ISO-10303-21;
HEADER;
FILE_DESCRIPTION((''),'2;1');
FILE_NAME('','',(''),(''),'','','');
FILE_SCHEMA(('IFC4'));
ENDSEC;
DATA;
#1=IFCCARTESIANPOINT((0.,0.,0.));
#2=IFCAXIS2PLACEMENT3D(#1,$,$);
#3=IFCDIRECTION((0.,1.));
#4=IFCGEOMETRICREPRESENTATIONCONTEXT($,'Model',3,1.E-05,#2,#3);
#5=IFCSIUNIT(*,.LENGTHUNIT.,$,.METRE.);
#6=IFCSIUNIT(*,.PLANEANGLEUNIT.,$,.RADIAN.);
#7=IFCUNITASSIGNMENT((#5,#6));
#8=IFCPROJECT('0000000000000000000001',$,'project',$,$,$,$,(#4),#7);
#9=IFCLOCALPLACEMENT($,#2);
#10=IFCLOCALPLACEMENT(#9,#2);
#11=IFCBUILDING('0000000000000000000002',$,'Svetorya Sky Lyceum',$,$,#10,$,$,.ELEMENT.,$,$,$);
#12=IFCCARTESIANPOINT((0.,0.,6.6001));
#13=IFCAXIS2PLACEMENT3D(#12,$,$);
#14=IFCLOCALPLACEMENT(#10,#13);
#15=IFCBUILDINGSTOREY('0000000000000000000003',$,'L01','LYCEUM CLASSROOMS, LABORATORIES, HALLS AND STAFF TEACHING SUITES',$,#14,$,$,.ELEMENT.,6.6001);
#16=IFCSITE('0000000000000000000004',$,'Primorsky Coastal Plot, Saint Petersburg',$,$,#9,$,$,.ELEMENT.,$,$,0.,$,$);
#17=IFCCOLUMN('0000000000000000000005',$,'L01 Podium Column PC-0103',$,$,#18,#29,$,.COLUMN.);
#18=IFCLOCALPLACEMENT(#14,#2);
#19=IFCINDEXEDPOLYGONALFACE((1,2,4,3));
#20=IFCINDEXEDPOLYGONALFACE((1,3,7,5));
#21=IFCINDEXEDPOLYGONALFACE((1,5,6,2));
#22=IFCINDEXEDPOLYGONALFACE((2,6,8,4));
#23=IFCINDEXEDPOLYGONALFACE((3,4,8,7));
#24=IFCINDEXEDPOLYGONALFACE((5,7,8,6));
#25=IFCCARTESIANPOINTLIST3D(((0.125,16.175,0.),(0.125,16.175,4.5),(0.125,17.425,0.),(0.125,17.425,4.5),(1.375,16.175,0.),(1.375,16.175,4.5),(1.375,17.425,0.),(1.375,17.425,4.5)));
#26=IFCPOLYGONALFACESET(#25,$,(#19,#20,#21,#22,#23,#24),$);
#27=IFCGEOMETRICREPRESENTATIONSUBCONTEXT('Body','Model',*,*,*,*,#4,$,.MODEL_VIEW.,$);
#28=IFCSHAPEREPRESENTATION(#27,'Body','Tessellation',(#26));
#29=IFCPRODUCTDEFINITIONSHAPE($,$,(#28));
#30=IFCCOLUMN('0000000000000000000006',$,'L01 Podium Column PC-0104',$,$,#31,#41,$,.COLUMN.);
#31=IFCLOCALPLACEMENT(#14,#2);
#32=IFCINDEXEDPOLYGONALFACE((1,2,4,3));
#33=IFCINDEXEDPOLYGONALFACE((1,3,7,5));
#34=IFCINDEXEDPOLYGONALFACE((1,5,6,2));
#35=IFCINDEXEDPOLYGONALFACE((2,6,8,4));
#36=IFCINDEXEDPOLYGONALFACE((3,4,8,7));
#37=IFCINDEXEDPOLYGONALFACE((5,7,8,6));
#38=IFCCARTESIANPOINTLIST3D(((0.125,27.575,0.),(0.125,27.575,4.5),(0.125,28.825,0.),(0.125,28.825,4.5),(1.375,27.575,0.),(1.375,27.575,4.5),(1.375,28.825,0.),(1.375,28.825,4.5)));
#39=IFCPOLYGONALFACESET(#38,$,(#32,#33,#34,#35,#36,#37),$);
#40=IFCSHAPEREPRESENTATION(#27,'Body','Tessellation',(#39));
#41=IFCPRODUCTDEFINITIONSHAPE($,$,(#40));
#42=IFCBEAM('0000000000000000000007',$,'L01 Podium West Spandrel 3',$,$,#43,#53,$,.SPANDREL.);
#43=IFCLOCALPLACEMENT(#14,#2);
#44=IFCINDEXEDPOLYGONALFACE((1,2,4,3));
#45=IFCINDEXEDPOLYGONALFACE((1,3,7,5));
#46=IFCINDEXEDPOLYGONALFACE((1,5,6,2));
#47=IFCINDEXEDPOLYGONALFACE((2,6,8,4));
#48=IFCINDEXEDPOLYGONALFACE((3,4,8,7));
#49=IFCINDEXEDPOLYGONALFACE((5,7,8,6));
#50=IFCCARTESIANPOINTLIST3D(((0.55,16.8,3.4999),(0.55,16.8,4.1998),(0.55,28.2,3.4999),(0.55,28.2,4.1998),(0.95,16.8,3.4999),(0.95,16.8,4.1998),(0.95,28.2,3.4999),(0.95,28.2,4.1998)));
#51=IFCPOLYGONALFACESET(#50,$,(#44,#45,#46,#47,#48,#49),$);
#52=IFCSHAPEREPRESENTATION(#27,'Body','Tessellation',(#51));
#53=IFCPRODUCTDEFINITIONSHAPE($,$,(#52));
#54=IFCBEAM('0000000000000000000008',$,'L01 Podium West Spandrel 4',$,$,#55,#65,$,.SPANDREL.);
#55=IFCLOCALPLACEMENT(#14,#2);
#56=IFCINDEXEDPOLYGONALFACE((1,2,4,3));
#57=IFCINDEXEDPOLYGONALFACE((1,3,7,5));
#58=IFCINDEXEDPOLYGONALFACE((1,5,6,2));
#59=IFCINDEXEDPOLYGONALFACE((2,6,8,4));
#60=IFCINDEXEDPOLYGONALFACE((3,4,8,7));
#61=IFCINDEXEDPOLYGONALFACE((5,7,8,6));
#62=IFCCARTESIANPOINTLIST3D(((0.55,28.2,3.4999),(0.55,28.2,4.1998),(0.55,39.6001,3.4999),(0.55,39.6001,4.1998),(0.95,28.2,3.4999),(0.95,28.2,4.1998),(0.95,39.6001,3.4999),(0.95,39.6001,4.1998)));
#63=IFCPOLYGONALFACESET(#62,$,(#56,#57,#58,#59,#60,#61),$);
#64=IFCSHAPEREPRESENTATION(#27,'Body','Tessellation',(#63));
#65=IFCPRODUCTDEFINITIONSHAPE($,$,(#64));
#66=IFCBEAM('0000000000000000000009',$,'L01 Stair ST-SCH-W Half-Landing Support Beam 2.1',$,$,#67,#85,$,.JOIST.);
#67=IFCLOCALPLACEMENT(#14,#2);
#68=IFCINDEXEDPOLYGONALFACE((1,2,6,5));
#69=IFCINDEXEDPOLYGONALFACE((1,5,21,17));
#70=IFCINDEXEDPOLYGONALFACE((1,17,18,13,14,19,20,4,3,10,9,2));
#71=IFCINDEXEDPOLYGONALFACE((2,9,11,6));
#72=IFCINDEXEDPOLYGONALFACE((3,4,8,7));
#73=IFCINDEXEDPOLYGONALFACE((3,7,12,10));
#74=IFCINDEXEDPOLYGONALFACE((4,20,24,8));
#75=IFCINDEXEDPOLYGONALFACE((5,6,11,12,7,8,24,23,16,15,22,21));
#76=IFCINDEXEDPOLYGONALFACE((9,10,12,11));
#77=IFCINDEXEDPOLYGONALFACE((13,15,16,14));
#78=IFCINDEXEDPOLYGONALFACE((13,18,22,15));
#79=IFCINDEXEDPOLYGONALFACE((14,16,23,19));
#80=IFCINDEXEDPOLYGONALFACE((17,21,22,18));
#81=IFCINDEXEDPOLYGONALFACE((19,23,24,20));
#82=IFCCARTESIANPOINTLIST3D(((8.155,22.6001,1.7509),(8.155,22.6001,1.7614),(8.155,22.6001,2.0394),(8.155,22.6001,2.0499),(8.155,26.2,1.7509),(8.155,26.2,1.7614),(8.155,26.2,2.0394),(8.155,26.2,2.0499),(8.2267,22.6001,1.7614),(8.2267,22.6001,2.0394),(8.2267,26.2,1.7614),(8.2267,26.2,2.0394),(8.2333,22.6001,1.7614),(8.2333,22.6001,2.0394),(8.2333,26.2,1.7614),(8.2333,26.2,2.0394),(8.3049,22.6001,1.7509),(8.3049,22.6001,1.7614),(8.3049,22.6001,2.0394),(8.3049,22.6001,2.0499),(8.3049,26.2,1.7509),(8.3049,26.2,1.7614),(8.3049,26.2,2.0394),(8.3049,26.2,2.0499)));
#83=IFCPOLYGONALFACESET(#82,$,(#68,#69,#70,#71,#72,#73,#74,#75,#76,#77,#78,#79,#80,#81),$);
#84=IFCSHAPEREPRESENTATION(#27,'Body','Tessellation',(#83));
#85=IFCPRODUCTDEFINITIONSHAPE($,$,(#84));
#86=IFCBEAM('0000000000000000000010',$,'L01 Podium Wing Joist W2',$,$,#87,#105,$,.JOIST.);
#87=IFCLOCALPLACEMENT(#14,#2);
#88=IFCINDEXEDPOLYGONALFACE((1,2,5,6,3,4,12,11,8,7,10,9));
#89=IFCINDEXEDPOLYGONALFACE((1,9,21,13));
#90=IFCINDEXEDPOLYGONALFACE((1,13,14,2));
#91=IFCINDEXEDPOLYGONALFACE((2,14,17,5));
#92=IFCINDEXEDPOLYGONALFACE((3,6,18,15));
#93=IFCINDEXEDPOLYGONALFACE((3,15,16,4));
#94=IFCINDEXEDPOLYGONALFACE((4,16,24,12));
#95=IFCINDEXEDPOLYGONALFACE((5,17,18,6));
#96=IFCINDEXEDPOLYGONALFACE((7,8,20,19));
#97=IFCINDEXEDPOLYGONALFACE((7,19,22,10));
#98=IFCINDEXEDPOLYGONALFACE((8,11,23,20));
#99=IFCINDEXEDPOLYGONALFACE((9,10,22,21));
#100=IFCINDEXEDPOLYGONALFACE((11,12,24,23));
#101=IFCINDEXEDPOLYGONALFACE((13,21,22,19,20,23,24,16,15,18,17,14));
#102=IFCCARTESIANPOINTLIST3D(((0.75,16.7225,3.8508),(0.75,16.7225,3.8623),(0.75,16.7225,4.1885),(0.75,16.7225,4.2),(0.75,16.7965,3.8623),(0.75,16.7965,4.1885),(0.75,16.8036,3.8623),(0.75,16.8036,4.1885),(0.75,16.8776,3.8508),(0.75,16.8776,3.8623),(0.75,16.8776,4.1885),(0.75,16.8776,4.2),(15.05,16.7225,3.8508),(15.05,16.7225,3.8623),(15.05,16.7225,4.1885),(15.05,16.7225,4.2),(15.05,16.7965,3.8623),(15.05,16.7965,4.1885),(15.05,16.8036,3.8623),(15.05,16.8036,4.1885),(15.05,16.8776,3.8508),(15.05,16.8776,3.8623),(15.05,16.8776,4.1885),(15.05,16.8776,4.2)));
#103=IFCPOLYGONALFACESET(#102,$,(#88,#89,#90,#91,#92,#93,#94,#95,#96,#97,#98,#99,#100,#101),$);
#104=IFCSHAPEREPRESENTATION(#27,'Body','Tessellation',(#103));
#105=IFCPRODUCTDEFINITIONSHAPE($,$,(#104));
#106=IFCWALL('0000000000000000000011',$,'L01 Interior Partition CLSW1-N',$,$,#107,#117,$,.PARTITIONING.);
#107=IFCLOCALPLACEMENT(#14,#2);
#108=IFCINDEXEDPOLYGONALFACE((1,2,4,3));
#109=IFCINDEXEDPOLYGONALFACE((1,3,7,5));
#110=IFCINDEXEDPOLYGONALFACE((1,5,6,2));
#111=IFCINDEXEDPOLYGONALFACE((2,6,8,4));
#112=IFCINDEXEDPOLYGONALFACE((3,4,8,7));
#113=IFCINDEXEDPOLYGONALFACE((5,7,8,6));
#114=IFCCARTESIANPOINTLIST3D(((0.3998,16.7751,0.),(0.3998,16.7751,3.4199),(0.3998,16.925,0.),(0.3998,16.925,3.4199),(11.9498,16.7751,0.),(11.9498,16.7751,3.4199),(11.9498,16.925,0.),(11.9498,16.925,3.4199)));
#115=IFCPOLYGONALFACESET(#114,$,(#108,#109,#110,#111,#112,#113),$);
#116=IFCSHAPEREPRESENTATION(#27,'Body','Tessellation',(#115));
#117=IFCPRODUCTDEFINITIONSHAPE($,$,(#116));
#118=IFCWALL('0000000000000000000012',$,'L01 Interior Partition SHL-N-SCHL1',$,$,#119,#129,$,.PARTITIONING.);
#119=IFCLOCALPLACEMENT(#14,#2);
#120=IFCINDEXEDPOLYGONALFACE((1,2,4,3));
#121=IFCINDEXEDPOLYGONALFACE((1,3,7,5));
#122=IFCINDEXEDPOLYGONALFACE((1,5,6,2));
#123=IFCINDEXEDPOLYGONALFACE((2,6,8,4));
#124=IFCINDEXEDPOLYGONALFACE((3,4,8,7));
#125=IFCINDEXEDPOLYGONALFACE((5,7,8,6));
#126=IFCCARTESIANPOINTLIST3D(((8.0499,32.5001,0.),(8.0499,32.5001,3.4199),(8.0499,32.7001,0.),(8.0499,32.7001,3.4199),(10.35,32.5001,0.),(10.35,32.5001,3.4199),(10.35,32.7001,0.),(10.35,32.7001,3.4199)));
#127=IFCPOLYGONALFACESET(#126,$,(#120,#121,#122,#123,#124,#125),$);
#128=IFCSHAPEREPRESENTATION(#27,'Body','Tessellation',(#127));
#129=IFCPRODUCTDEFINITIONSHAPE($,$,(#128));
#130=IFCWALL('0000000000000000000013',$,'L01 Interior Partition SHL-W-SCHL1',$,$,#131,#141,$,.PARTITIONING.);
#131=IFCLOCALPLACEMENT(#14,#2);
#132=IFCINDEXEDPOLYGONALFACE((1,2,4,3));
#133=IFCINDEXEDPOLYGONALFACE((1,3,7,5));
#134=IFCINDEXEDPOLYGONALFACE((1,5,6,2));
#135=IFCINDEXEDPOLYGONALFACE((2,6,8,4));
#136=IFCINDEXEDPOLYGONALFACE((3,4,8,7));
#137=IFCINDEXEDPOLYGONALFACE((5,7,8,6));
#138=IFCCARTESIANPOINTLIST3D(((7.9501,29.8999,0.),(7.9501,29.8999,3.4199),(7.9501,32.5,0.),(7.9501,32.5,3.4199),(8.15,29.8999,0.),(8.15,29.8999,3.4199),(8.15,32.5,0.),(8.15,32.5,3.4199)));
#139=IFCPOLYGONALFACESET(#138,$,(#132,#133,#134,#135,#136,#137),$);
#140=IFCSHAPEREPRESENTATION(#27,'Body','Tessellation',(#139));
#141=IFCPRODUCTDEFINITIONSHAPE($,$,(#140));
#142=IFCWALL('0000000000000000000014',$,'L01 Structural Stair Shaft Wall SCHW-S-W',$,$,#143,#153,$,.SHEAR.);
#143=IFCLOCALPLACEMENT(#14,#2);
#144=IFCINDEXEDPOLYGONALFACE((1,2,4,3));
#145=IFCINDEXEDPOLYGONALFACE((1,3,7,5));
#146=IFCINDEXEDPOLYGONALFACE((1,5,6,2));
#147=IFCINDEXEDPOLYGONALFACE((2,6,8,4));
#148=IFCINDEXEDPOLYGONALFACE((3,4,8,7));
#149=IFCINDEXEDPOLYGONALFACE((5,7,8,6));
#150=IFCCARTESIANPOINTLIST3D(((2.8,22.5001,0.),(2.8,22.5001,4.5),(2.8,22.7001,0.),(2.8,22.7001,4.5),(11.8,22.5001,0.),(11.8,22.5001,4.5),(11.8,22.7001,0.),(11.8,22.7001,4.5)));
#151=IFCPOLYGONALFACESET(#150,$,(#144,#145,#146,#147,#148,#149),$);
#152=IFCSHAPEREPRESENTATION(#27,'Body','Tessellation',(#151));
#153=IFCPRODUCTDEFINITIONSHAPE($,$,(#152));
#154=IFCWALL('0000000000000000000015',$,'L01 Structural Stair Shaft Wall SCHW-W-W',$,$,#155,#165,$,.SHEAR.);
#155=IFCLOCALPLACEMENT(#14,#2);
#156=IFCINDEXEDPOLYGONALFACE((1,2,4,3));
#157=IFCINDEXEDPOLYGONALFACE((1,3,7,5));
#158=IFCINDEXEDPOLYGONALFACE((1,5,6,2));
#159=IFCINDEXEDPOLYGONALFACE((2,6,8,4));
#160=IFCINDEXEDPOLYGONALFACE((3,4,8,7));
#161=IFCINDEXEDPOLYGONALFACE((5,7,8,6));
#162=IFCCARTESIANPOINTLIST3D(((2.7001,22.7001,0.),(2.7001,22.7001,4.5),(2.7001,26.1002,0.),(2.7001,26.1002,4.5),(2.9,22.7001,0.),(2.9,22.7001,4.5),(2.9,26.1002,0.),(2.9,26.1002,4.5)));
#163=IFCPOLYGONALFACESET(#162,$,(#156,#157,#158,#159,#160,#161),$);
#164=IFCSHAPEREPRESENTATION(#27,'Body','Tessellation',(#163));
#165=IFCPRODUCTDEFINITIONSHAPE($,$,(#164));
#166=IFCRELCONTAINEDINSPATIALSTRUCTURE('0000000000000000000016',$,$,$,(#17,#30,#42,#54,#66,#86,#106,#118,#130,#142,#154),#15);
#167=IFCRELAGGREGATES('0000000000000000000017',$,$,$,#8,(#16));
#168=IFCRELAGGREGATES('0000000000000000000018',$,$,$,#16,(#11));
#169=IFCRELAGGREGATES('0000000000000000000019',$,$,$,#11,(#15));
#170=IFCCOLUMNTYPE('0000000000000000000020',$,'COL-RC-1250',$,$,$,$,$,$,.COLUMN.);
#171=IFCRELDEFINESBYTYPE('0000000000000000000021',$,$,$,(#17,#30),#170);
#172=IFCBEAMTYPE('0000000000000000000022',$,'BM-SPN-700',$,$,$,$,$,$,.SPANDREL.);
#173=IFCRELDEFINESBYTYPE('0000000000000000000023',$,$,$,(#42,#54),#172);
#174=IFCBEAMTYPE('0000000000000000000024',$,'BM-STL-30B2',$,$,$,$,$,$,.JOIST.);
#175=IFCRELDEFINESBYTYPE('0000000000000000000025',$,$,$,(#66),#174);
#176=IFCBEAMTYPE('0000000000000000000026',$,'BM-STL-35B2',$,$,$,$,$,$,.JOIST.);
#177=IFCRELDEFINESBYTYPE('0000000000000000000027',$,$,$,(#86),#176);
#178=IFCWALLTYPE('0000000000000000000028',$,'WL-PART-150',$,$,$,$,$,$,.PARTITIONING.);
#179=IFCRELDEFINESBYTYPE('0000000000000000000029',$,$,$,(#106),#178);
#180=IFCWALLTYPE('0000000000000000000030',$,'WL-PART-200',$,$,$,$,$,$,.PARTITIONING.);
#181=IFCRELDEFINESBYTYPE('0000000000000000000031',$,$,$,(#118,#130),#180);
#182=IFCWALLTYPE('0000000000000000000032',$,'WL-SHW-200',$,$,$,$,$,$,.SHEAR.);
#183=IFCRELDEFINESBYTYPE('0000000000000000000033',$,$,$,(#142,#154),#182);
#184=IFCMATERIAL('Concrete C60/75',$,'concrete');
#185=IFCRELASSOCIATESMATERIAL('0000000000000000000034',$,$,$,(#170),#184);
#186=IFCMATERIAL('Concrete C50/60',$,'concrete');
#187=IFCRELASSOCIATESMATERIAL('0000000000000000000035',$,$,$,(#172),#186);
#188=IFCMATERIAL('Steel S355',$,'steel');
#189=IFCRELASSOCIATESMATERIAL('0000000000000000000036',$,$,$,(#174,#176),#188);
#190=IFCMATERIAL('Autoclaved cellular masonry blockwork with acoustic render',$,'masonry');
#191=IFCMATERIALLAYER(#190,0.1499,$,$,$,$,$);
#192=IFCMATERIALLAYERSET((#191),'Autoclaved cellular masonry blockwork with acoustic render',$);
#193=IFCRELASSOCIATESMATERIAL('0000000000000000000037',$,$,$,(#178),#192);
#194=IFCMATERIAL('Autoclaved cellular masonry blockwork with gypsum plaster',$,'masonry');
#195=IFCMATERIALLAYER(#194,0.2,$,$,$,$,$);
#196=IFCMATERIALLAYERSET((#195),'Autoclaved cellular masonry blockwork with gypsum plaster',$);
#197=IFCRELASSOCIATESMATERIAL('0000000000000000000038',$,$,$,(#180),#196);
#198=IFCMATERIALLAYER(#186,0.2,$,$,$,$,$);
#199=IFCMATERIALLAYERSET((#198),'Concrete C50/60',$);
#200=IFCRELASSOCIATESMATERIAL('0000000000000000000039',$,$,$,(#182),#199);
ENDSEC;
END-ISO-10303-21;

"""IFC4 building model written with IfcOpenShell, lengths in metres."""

from ifc_helpers import new_model, si_unit, direction, frame, frame_2d, origin, origin_2d, place, context, subcontext, project, spatial, rectangle, i_section, extrude, material, layer, layer_set, material_profile, profile_set, type_object, element, save


model = new_model("IFC4")

# Units and contexts
model_context = context("Model", 3, precision=1e-05, world=origin(), true_north=direction((0.0, 1.0)))
body_context = subcontext(model_context, "Body", "Model", "MODEL_VIEW")
ifc_project = project(units=[si_unit("LENGTHUNIT", "METRE"), si_unit("PLANEANGLEUNIT", "RADIAN")], contexts=[model_context])

# Site, building, storey
site_placement = place(None, origin())
site = spatial("IfcSite", under=ifc_project, at=site_placement, Name="Primorsky Coastal Plot, Saint Petersburg", CompositionType="ELEMENT", RefElevation=0.0)
building_placement = place(site_placement, origin())
building = spatial("IfcBuilding", under=site, at=building_placement, Name="Svetorya Sky Lyceum", CompositionType="ELEMENT")
storey_placement = place(building_placement, frame((0.0, 0.0, 6.6001)))
storey = spatial("IfcBuildingStorey", under=building, at=storey_placement, Name="L01", Description="LYCEUM CLASSROOMS, LABORATORIES, HALLS AND STAFF TEACHING SUITES", CompositionType="ELEMENT", Elevation=6.6001)

# Columns
ifc_material_1 = material(Name="Concrete C60/75", Category="concrete")
ifc_material_profile_1 = material_profile(ifc_material_1, rectangle(XDim=1.25, YDim=1.25, at=origin_2d()), Name="RC COL 1250x1250")
ifc_profile_set_1 = profile_set([ifc_material_profile_1], Name="Concrete C60/75")
column_type = type_object("IfcColumnType", Name="COL-RC-1250", PredefinedType="COLUMN", material=ifc_profile_set_1)
for number, where, z_axis, x_axis, name in (
    (1, (0.75, 16.8, 0.0), (0.0, 0.0, 1.0), (1.0, 0.0, 0.0), "L01 Podium Column PC-0103"),
    (2, (0.75, 28.2, 0.0), (0.0, 0.0, 1.0), (1.0, 0.0, 0.0), "L01 Podium Column PC-0104"),
):
    element("IfcColumn", number, at=place(storey_placement, frame(where, z_axis=z_axis, x_axis=x_axis)), inside=storey, type_object=column_type, Name=name, PredefinedType="COLUMN", context=body_context, shape_type="SweptSolid", body=[
        extrude(rectangle(XDim=1.25, YDim=1.25, at=origin_2d()), origin(), (0.0, 0.0, 1.0), 4.5),
    ])

# Beams
ifc_material_2 = material(Name="Concrete C50/60", Category="concrete")
ifc_material_profile_2 = material_profile(ifc_material_2, rectangle(XDim=0.3999, YDim=0.7, at=origin_2d()), Name="RC SPANDREL 400x700")
ifc_profile_set_2 = profile_set([ifc_material_profile_2], Name="Concrete C50/60")
beam_type_1 = type_object("IfcBeamType", Name="BM-SPN-700", PredefinedType="SPANDREL", material=ifc_profile_set_2)
beam_1_placement = place(storey_placement, frame((0.75, 16.8, 3.8499), z_axis=(0.0, 1.0, 0.0), x_axis=(-1.0, 0.0, 0.0)))
element("IfcBeam", 3, at=beam_1_placement, inside=storey, type_object=beam_type_1, Name="L01 Podium West Spandrel 3", PredefinedType="SPANDREL", context=body_context, shape_type="SweptSolid", body=[
    extrude(rectangle(XDim=0.3999, YDim=0.7, at=origin_2d()), origin(), (0.0, 0.0, 1.0), 11.3999),
])
beam_2_placement = place(storey_placement, frame((0.75, 28.2, 3.8499), z_axis=(0.0, 1.0, 0.0), x_axis=(-1.0, 0.0, 0.0)))
element("IfcBeam", 4, at=beam_2_placement, inside=storey, type_object=beam_type_1, Name="L01 Podium West Spandrel 4", PredefinedType="SPANDREL", context=body_context, shape_type="SweptSolid", body=[
    extrude(rectangle(XDim=0.3999, YDim=0.7, at=origin_2d()), origin(), (0.0, 0.0, 1.0), 11.4001),
])
ifc_material_3 = material(Name="Steel S355", Category="steel")
ifc_material_profile_3 = material_profile(ifc_material_3, i_section(OverallWidth=0.1499, OverallDepth=0.2991, WebThickness=0.0066, FlangeThickness=0.0105, at=origin_2d()), Name="GOST 30B2")
ifc_profile_set_3 = profile_set([ifc_material_profile_3], Name="Steel S355")
beam_type_2 = type_object("IfcBeamType", Name="BM-STL-30B2", PredefinedType="JOIST", material=ifc_profile_set_3)
beam_3_placement = place(storey_placement, frame((8.23, 22.6001, 1.9004), z_axis=(0.0, 1.0, 0.0), x_axis=(-1.0, 0.0, 0.0)))
element("IfcBeam", 5, at=beam_3_placement, inside=storey, type_object=beam_type_2, Name="L01 Stair ST-SCH-W Half-Landing Support Beam 2.1", PredefinedType="JOIST", context=body_context, shape_type="SweptSolid", body=[
    extrude(i_section(OverallWidth=0.1499, OverallDepth=0.2991, WebThickness=0.0066, FlangeThickness=0.0105, at=origin_2d()), origin(), (0.0, 0.0, 1.0), 3.5999),
])
ifc_material_profile_4 = material_profile(ifc_material_3, i_section(OverallWidth=0.155, OverallDepth=0.3491, WebThickness=0.0071, FlangeThickness=0.0115, at=origin_2d()), Name="GOST 35B2")
ifc_profile_set_4 = profile_set([ifc_material_profile_4], Name="Steel S355")
beam_type_3 = type_object("IfcBeamType", Name="BM-STL-35B2", PredefinedType="JOIST", material=ifc_profile_set_4)
beam_4_placement = place(storey_placement, frame((0.75, 16.8, 4.0254), z_axis=(1.0, 0.0, 0.0), x_axis=(0.0, 1.0, 0.0)))
element("IfcBeam", 6, at=beam_4_placement, inside=storey, type_object=beam_type_3, Name="L01 Podium Wing Joist W2", PredefinedType="JOIST", context=body_context, shape_type="SweptSolid", body=[
    extrude(i_section(OverallWidth=0.155, OverallDepth=0.3491, WebThickness=0.0071, FlangeThickness=0.0115, at=origin_2d()), origin(), (0.0, 0.0, 1.0), 14.3),
])

# Walls
ifc_material_4 = material(Name="Autoclaved cellular masonry blockwork with acoustic render", Category="masonry")
ifc_layer_1 = layer(ifc_material_4, 0.1499)
ifc_layer_set_1 = layer_set([ifc_layer_1], Name="Autoclaved cellular masonry blockwork with acoustic render")
wall_type_1 = type_object("IfcWallType", Name="WL-PART-150", PredefinedType="PARTITIONING", material=ifc_layer_set_1)
wall_1_placement = place(storey_placement, frame((0.3999, 16.8501, 0.0), z_axis=(0.0, 0.0, 1.0), x_axis=(1.0, 0.0, 0.0)))
element("IfcWall", 7, at=wall_1_placement, inside=storey, type_object=wall_type_1, Name="L01 Interior Partition CLSW1-N", PredefinedType="PARTITIONING", context=body_context, shape_type="SweptSolid", body=[
    extrude(rectangle(XDim=11.55, YDim=0.1499, at=frame_2d((5.7749, 0.0))), origin(), (0.0, 0.0, 1.0), 3.4199),
])
ifc_material_5 = material(Name="Autoclaved cellular masonry blockwork with gypsum plaster", Category="masonry")
ifc_layer_2 = layer(ifc_material_5, 0.2)
ifc_layer_set_2 = layer_set([ifc_layer_2], Name="Autoclaved cellular masonry blockwork with gypsum plaster")
wall_type_2 = type_object("IfcWallType", Name="WL-PART-200", PredefinedType="PARTITIONING", material=ifc_layer_set_2)
wall_2_placement = place(storey_placement, frame((8.05, 32.6001, 0.0), z_axis=(0.0, 0.0, 1.0), x_axis=(1.0, 0.0, 0.0)))
element("IfcWall", 8, at=wall_2_placement, inside=storey, type_object=wall_type_2, Name="L01 Interior Partition SHL-N-SCHL1", PredefinedType="PARTITIONING", context=body_context, shape_type="SweptSolid", body=[
    extrude(rectangle(XDim=2.3, YDim=0.2, at=frame_2d((1.1499, 0.0))), origin(), (0.0, 0.0, 1.0), 3.4199),
])
wall_3_placement = place(storey_placement, frame((8.05, 29.8999, 0.0), z_axis=(0.0, 0.0, 1.0), x_axis=(0.0, 1.0, 0.0)))
element("IfcWall", 9, at=wall_3_placement, inside=storey, type_object=wall_type_2, Name="L01 Interior Partition SHL-W-SCHL1", PredefinedType="PARTITIONING", context=body_context, shape_type="SweptSolid", body=[
    extrude(rectangle(XDim=2.6001, YDim=0.2, at=frame_2d((1.3, 0.0))), origin(), (0.0, 0.0, 1.0), 3.4199),
])

# Walls
ifc_layer_3 = layer(ifc_material_2, 0.2)
ifc_layer_set_3 = layer_set([ifc_layer_3], Name="Concrete C50/60")
wall_type_3 = type_object("IfcWallType", Name="WL-SHW-200", PredefinedType="SHEAR", material=ifc_layer_set_3)
wall_4_placement = place(storey_placement, frame((2.8, 22.6001, 0.0), z_axis=(0.0, 0.0, 1.0), x_axis=(1.0, 0.0, 0.0)))
element("IfcWall", 10, at=wall_4_placement, inside=storey, type_object=wall_type_3, Name="L01 Structural Stair Shaft Wall SCHW-S-W", PredefinedType="SHEAR", context=body_context, shape_type="SweptSolid", body=[
    extrude(rectangle(XDim=9.0, YDim=0.2, at=frame_2d((4.5, 0.0))), origin(), (0.0, 0.0, 1.0), 4.5),
])
wall_5_placement = place(storey_placement, frame((2.8, 22.7, 0.0), z_axis=(0.0, 0.0, 1.0), x_axis=(0.0, 1.0, 0.0)))
element("IfcWall", 11, at=wall_5_placement, inside=storey, type_object=wall_type_3, Name="L01 Structural Stair Shaft Wall SCHW-W-W", PredefinedType="SHEAR", context=body_context, shape_type="SweptSolid", body=[
    extrude(rectangle(XDim=3.4001, YDim=0.2, at=frame_2d((1.7002, 0.0))), origin(), (0.0, 0.0, 1.0), 4.5),
])

save(model, "model.ifc")
